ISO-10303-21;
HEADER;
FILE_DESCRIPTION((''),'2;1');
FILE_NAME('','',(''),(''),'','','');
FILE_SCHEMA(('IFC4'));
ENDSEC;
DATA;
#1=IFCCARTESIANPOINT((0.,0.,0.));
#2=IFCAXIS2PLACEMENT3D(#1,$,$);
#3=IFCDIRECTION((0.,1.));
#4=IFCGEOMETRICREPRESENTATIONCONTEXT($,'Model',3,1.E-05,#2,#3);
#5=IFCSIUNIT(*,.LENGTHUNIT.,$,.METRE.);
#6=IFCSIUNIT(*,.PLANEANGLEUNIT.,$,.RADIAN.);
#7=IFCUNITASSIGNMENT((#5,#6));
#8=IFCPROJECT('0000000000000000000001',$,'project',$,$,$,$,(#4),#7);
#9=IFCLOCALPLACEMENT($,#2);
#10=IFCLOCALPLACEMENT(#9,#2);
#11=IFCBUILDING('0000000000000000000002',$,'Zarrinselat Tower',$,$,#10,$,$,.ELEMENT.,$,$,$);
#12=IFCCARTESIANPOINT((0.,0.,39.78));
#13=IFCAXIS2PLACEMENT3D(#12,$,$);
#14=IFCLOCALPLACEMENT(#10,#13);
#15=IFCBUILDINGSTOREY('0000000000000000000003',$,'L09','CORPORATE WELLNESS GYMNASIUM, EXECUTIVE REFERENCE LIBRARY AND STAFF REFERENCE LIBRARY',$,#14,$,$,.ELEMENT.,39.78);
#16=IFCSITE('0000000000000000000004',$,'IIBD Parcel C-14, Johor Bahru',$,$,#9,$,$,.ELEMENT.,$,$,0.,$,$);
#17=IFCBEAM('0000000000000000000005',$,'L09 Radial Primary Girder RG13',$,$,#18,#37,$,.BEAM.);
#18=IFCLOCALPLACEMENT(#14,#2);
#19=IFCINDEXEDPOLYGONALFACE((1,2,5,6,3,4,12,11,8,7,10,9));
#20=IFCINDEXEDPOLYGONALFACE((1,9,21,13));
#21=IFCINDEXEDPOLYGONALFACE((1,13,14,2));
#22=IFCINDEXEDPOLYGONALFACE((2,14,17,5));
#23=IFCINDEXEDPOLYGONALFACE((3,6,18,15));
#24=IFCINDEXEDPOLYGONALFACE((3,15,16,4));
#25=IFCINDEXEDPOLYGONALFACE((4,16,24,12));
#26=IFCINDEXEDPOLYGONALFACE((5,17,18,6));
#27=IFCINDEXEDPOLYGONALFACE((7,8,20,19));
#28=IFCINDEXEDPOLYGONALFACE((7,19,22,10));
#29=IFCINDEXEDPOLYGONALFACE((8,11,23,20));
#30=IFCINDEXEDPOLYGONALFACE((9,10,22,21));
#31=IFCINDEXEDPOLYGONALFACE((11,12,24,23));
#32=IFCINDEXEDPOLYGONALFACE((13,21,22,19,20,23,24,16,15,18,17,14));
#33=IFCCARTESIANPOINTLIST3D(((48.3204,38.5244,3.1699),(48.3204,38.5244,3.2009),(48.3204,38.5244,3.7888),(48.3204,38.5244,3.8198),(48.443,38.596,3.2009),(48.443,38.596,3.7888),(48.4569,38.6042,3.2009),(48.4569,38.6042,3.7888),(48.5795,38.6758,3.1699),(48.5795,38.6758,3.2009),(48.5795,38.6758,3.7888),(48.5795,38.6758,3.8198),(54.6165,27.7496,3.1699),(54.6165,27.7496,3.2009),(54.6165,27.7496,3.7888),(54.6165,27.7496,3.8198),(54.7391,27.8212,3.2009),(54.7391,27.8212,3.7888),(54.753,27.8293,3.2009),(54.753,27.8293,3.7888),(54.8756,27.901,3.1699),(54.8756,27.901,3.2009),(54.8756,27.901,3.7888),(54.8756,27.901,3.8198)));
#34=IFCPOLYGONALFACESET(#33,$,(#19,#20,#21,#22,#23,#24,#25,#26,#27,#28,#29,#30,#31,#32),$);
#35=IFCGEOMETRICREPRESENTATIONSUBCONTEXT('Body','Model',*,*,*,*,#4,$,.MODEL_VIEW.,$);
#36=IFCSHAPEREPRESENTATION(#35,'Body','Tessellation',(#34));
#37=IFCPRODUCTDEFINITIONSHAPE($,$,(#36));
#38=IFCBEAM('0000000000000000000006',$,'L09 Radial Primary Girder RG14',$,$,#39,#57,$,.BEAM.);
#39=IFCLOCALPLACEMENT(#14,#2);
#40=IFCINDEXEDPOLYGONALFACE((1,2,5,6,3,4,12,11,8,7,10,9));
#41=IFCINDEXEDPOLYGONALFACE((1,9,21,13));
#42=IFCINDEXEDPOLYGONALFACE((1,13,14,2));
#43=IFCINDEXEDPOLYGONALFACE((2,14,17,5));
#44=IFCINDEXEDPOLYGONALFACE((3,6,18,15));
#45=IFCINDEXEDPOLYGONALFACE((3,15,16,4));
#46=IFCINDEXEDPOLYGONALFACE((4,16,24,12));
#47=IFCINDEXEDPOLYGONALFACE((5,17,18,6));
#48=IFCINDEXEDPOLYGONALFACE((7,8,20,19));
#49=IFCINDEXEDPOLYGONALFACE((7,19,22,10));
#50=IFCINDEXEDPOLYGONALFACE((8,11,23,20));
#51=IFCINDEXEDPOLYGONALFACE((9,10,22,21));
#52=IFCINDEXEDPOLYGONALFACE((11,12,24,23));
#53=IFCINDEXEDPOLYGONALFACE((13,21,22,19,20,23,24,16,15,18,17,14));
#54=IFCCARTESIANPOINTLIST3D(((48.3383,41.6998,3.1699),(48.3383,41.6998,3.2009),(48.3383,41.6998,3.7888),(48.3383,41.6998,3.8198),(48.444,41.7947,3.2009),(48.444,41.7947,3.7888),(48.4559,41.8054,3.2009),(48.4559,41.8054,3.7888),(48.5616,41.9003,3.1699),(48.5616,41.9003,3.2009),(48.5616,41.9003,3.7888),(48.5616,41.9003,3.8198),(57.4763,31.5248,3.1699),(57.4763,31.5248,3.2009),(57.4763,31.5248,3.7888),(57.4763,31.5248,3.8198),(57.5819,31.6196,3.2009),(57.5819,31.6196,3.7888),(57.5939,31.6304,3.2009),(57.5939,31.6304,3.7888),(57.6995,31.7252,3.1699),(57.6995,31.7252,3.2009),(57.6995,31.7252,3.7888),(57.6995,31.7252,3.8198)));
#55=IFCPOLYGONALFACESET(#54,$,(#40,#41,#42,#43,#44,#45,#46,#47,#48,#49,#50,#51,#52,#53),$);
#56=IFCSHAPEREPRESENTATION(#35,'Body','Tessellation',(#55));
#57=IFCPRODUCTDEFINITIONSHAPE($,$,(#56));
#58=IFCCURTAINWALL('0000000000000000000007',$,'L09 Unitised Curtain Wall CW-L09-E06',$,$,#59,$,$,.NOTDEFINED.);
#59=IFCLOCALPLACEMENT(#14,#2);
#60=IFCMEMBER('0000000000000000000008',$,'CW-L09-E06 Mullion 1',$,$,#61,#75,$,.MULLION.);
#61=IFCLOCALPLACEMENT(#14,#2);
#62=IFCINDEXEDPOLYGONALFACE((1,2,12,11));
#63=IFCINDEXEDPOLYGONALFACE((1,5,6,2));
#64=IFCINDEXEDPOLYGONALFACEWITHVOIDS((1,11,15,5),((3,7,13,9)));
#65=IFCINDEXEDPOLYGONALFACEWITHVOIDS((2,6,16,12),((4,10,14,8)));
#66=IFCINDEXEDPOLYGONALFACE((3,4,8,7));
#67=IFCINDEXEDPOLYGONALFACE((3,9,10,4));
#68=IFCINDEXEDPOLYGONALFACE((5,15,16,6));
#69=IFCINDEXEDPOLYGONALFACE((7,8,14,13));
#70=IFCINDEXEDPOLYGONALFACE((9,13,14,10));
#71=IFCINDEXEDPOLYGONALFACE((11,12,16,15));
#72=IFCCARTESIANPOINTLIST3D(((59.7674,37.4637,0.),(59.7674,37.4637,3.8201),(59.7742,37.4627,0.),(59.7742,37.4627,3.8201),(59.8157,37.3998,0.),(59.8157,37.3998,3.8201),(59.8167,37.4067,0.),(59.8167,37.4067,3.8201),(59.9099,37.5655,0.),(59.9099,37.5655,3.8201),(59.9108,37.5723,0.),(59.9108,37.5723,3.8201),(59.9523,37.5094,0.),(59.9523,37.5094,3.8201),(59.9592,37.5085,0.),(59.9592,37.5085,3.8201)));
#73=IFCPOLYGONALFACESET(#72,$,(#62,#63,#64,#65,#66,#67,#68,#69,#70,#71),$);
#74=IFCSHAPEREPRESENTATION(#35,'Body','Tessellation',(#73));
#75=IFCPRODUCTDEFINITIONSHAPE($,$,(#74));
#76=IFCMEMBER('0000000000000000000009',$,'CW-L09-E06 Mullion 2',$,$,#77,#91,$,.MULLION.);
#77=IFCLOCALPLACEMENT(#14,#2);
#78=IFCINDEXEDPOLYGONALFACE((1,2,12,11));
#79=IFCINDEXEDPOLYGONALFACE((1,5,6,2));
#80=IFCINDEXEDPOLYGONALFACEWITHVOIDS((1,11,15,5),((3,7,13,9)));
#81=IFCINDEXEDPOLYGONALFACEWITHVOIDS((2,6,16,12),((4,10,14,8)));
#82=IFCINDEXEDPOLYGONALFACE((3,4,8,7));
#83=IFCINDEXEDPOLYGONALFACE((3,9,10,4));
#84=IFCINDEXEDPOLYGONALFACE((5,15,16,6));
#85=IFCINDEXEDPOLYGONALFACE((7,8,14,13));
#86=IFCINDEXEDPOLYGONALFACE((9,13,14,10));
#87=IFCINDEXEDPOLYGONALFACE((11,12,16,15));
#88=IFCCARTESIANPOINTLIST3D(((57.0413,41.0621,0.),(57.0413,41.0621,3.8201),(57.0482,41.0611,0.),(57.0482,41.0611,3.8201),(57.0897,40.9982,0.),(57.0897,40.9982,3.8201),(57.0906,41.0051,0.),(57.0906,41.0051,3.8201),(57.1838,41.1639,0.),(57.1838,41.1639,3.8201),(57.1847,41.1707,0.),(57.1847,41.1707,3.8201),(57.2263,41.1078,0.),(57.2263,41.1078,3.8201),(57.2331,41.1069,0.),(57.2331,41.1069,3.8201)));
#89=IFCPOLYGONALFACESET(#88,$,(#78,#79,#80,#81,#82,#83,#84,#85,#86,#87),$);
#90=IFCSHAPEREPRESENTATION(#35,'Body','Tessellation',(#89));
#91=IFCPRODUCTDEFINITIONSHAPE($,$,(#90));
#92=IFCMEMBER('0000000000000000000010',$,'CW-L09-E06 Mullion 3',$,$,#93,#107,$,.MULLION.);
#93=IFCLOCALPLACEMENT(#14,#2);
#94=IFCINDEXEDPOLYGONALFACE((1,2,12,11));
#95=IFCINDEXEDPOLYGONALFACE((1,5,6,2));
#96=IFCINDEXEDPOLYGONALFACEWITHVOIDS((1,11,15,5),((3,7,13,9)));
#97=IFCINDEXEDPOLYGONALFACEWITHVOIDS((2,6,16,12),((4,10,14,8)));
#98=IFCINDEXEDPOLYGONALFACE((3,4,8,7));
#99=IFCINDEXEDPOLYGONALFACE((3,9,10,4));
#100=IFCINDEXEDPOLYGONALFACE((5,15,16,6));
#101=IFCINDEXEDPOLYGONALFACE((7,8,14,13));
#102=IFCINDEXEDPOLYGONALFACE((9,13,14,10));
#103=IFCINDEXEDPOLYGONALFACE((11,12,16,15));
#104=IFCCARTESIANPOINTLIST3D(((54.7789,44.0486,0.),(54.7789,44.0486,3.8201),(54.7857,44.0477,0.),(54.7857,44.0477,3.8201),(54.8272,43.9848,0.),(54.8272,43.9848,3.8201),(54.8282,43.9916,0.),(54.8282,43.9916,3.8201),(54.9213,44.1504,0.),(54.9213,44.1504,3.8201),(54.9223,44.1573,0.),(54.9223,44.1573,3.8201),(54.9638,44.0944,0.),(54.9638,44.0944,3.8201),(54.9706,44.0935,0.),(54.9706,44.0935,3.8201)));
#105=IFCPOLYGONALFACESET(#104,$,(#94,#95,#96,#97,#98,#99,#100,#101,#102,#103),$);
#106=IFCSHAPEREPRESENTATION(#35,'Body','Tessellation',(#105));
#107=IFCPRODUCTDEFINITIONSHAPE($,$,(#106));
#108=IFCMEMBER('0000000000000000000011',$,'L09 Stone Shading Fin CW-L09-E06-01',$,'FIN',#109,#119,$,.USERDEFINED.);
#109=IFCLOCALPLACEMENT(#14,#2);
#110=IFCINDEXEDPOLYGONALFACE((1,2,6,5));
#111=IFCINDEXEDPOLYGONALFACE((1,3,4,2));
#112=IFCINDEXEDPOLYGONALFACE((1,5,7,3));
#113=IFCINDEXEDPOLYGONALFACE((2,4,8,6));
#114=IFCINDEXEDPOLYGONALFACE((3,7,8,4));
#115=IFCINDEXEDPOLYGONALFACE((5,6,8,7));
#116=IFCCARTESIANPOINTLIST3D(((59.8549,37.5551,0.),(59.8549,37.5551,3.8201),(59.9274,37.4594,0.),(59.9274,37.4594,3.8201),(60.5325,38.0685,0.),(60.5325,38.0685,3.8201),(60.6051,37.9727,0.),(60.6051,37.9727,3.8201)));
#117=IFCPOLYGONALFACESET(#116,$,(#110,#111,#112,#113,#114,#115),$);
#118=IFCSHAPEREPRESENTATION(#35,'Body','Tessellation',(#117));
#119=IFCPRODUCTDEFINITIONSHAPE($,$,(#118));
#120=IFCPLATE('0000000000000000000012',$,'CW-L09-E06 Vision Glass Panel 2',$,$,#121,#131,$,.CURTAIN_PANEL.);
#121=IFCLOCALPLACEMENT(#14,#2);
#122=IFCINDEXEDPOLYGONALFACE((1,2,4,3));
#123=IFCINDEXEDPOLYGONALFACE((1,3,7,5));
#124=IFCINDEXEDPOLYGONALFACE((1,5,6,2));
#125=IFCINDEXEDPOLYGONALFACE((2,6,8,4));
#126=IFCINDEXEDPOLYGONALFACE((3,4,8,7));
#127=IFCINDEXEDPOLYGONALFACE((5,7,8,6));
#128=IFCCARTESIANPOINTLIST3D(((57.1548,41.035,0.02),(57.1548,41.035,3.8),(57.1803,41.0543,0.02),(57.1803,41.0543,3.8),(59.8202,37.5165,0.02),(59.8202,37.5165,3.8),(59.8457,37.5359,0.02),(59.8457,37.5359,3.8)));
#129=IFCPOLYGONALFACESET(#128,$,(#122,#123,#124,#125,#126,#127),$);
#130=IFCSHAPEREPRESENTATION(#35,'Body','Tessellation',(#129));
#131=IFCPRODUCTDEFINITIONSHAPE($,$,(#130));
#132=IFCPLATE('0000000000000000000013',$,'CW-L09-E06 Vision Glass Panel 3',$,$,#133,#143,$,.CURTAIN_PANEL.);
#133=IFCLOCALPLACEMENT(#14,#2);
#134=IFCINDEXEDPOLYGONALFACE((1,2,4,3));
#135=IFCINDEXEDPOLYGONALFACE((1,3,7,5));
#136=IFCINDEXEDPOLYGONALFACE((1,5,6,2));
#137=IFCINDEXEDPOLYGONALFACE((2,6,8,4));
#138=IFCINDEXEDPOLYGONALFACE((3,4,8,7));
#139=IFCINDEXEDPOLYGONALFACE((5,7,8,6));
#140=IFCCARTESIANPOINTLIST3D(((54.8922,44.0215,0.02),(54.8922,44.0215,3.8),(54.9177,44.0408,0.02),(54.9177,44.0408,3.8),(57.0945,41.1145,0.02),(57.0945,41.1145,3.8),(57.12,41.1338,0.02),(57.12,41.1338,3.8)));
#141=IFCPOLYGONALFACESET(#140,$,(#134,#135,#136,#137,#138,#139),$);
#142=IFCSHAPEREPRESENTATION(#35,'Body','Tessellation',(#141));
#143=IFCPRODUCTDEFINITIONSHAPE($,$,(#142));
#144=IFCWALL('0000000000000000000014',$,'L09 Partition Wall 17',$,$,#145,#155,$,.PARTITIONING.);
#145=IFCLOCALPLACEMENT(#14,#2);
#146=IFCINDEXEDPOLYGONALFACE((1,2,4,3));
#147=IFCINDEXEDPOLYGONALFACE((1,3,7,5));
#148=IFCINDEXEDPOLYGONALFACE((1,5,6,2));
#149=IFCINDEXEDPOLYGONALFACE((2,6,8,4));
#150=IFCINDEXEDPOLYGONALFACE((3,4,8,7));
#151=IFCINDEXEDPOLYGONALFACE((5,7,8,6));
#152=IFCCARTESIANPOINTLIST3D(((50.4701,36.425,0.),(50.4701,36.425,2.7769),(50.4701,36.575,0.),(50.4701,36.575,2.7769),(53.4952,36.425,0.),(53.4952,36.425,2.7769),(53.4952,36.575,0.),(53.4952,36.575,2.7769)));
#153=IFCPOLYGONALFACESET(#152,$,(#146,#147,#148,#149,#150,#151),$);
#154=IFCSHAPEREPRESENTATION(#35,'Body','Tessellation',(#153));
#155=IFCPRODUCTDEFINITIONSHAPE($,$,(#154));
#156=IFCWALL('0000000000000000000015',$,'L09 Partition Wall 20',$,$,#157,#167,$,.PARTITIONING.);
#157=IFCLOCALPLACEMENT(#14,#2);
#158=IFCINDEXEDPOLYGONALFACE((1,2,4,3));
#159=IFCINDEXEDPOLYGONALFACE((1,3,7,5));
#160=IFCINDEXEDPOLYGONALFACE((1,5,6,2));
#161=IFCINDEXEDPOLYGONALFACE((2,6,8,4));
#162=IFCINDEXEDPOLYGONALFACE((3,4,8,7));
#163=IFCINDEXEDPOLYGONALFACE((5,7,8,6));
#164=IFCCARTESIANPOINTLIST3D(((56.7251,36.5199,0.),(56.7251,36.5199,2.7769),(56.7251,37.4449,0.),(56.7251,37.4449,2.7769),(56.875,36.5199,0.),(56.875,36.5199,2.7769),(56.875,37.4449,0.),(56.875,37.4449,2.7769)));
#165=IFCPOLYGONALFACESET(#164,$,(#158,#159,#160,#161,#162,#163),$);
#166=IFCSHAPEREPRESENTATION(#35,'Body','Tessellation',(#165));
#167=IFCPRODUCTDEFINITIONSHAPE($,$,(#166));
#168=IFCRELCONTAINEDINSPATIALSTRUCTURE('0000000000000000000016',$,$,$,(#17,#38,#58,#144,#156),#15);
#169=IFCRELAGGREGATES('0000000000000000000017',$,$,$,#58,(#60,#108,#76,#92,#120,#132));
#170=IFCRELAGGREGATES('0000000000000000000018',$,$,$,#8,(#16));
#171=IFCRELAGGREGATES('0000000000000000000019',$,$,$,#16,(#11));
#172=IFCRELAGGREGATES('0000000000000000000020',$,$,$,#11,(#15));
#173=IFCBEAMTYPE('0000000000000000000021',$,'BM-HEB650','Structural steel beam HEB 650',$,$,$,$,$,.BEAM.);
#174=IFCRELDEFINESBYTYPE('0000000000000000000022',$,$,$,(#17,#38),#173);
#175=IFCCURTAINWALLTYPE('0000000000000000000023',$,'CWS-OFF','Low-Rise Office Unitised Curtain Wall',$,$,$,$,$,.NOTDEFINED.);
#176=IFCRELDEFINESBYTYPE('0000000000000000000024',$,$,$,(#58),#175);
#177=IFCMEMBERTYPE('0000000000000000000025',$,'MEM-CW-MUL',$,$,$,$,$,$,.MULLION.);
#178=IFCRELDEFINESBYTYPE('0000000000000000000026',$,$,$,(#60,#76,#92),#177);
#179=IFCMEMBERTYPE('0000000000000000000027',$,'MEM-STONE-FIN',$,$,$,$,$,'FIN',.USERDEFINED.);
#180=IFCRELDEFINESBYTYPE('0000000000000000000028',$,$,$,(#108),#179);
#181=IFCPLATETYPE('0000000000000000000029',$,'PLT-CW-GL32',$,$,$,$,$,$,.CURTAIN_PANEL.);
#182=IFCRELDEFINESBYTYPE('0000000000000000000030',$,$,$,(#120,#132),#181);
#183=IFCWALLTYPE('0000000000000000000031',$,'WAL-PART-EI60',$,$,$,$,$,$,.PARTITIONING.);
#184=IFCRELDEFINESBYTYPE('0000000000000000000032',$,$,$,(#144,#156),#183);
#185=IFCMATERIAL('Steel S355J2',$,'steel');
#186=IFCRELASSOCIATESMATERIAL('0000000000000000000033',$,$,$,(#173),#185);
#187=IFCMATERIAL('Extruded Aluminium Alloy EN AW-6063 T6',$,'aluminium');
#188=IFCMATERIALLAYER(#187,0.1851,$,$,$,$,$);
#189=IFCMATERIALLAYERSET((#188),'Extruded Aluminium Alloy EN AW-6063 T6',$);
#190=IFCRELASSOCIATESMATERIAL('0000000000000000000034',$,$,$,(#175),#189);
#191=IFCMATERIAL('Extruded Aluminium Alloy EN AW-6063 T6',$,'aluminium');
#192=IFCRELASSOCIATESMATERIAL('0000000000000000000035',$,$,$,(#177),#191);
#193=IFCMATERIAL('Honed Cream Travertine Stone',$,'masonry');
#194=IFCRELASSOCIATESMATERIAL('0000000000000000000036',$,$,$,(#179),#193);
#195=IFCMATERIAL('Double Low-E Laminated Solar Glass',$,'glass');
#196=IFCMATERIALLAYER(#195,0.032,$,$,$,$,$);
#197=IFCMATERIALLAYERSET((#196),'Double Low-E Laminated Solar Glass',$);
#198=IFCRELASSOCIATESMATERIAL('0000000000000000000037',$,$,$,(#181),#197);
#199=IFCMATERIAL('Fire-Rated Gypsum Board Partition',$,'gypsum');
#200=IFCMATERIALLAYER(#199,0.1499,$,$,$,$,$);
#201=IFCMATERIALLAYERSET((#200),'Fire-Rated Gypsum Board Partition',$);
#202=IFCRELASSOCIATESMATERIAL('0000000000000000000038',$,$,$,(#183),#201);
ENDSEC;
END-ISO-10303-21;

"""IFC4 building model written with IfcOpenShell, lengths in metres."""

from ifc_helpers import new_model, si_unit, direction, frame, frame_2d, origin, origin_2d, place, context, subcontext, project, spatial, rectangle, hollow_rectangle, i_section, extrude, material, layer, layer_set, material_profile, profile_set, type_object, element, aggregate, save


model = new_model("IFC4")

# Units and contexts
model_context = context("Model", 3, precision=1e-05, world=origin(), true_north=direction((0.0, 1.0)))
body_context = subcontext(model_context, "Body", "Model", "MODEL_VIEW")
ifc_project = project(units=[si_unit("LENGTHUNIT", "METRE"), si_unit("PLANEANGLEUNIT", "RADIAN")], contexts=[model_context])

# Site, building, storey
site_placement = place(None, origin())
site = spatial("IfcSite", under=ifc_project, at=site_placement, Name="IIBD Parcel C-14, Johor Bahru", CompositionType="ELEMENT", RefElevation=0.0)
building_placement = place(site_placement, origin())
building = spatial("IfcBuilding", under=site, at=building_placement, Name="Zarrinselat Tower", CompositionType="ELEMENT")
storey_placement = place(building_placement, frame((0.0, 0.0, 39.78)))
storey = spatial("IfcBuildingStorey", under=building, at=storey_placement, Name="L09", Description="CORPORATE WELLNESS GYMNASIUM, EXECUTIVE REFERENCE LIBRARY AND STAFF REFERENCE LIBRARY", CompositionType="ELEMENT", Elevation=39.78)

# Beams
ifc_material_1 = material(Name="Steel S355J2", Category="steel")
ifc_material_profile_1 = material_profile(ifc_material_1, i_section(OverallWidth=0.3, OverallDepth=0.6499, WebThickness=0.0161, FlangeThickness=0.031, at=origin_2d()), Name="HEB 650")
ifc_profile_set_1 = profile_set([ifc_material_profile_1], Name="Steel S355J2")
beam_type = type_object("IfcBeamType", Name="BM-HEB650", Description="Structural steel beam HEB 650", PredefinedType="BEAM", material=ifc_profile_set_1)
beam_1_placement = place(storey_placement, frame((48.45, 38.6001, 3.4949), z_axis=(0.504516, -0.863403, 0.0), x_axis=(0.863403, 0.504516, 0.0)))
element("IfcBeam", 1, at=beam_1_placement, inside=storey, type_object=beam_type, Name="L09 Radial Primary Girder RG13", PredefinedType="BEAM", context=body_context, shape_type="SweptSolid", body=[
    extrude(i_section(OverallWidth=0.3, OverallDepth=0.6499, WebThickness=0.0161, FlangeThickness=0.031, at=origin_2d()), origin(), (0.0, 0.0, 1.0), 12.4795),
])
beam_2_placement = place(storey_placement, frame((48.45, 41.8, 3.4949), z_axis=(0.668172, -0.744007, 0.0), x_axis=(0.744007, 0.668172, 0.0)))
element("IfcBeam", 2, at=beam_2_placement, inside=storey, type_object=beam_type, Name="L09 Radial Primary Girder RG14", PredefinedType="BEAM", context=body_context, shape_type="SweptSolid", body=[
    extrude(i_section(OverallWidth=0.3, OverallDepth=0.6499, WebThickness=0.0161, FlangeThickness=0.031, at=origin_2d()), origin(), (0.0, 0.0, 1.0), 13.676),
])

# Curtain wall, members, plates
ifc_material_2 = material(Name="Extruded Aluminium Alloy EN AW-6063 T6", Category="aluminium")
ifc_layer_1 = layer(ifc_material_2, 0.1851)
ifc_layer_set_1 = layer_set([ifc_layer_1], Name="Extruded Aluminium Alloy EN AW-6063 T6")
curtain_wall_type = type_object("IfcCurtainWallType", Name="CWS-OFF", Description="Low-Rise Office Unitised Curtain Wall", PredefinedType="NOTDEFINED", material=ifc_layer_set_1)
curtain_wall_placement = place(storey_placement, origin())
curtain_wall = element("IfcCurtainWall", 3, at=curtain_wall_placement, inside=storey, type_object=curtain_wall_type, Name="L09 Unitised Curtain Wall CW-L09-E06", PredefinedType="NOTDEFINED")
ifc_material_3 = material(Name="Extruded Aluminium Alloy EN AW-6063 T6", Category="aluminium")
ifc_material_profile_2 = material_profile(ifc_material_3, hollow_rectangle(XDim=0.0801, YDim=0.1799, WallThickness=0.0049, at=origin_2d()), Name="RHS 180x80x5")
ifc_profile_set_2 = profile_set([ifc_material_profile_2], Name="Extruded Aluminium Alloy EN AW-6063 T6")
member_type_1 = type_object("IfcMemberType", Name="MEM-CW-MUL", PredefinedType="MULLION", material=ifc_profile_set_2)
member_1_placement = place(storey_placement, frame((59.8633, 37.4861, 0.0), z_axis=(0.0, 0.0, 1.0), x_axis=(-0.603858, 0.797092, 0.0)))
member_1 = element("IfcMember", 4, at=member_1_placement, type_object=member_type_1, Name="CW-L09-E06 Mullion 1", PredefinedType="MULLION", context=body_context, shape_type="SweptSolid", body=[
    extrude(hollow_rectangle(XDim=0.0801, YDim=0.1799, WallThickness=0.0049, at=origin_2d()), origin(), (0.0, 0.0, 1.0), 3.8201),
])
member_2_placement = place(storey_placement, frame((57.1372, 41.0845, 0.0), z_axis=(0.0, 0.0, 1.0), x_axis=(-0.603858, 0.797092, 0.0)))
member_2 = element("IfcMember", 5, at=member_2_placement, type_object=member_type_1, Name="CW-L09-E06 Mullion 2", PredefinedType="MULLION", context=body_context, shape_type="SweptSolid", body=[
    extrude(hollow_rectangle(XDim=0.0801, YDim=0.1799, WallThickness=0.0049, at=origin_2d()), origin(), (0.0, 0.0, 1.0), 3.8201),
])
member_3_placement = place(storey_placement, frame((54.8748, 44.071, 0.0), z_axis=(0.0, 0.0, 1.0), x_axis=(-0.603858, 0.797092, 0.0)))
member_3 = element("IfcMember", 6, at=member_3_placement, type_object=member_type_1, Name="CW-L09-E06 Mullion 3", PredefinedType="MULLION", context=body_context, shape_type="SweptSolid", body=[
    extrude(hollow_rectangle(XDim=0.0801, YDim=0.1799, WallThickness=0.0049, at=origin_2d()), origin(), (0.0, 0.0, 1.0), 3.8201),
])
ifc_material_4 = material(Name="Honed Cream Travertine Stone", Category="masonry")
ifc_material_profile_3 = material_profile(ifc_material_4, rectangle(XDim=0.1201, YDim=0.8501, at=origin_2d()), Name="FIN 850x120")
ifc_profile_set_3 = profile_set([ifc_material_profile_3], Name="Honed Cream Travertine Stone")
member_type_2 = type_object("IfcMemberType", Name="MEM-STONE-FIN", ElementType="FIN", PredefinedType="USERDEFINED", material=ifc_profile_set_3)
member_4_placement = place(storey_placement, frame((60.23, 37.7639, 0.0), z_axis=(0.0, 0.0, 1.0), x_axis=(0.603858, -0.797092, 0.0)))
member_4 = element("IfcMember", 7, at=member_4_placement, type_object=member_type_2, Name="L09 Stone Shading Fin CW-L09-E06-01", ObjectType="FIN", PredefinedType="USERDEFINED", context=body_context, shape_type="SweptSolid", body=[
    extrude(rectangle(XDim=0.1201, YDim=0.8501, at=origin_2d()), origin(), (0.0, 0.0, 1.0), 3.8201),
])
ifc_material_5 = material(Name="Double Low-E Laminated Solar Glass", Category="glass")
ifc_layer_2 = layer(ifc_material_5, 0.032)
ifc_layer_set_2 = layer_set([ifc_layer_2], Name="Double Low-E Laminated Solar Glass")
plate_type = type_object("IfcPlateType", Name="PLT-CW-GL32", PredefinedType="CURTAIN_PANEL", material=ifc_layer_set_2)
plate_1_placement = place(storey_placement, frame((58.5002, 39.2854, 0.02), z_axis=(0.0, 0.0, 1.0), x_axis=(-0.603858, 0.797092, 0.0)))
plate_1 = element("IfcPlate", 8, at=plate_1_placement, type_object=plate_type, Name="CW-L09-E06 Vision Glass Panel 2", PredefinedType="CURTAIN_PANEL", context=body_context, shape_type="SweptSolid", body=[
    extrude(rectangle(XDim=4.4141, YDim=0.032, at=origin_2d()), origin(), (0.0, 0.0, 1.0), 3.78),
])
plate_2_placement = place(storey_placement, frame((56.0061, 42.5776, 0.02), z_axis=(0.0, 0.0, 1.0), x_axis=(-0.603858, 0.797092, 0.0)))
plate_2 = element("IfcPlate", 9, at=plate_2_placement, type_object=plate_type, Name="CW-L09-E06 Vision Glass Panel 3", PredefinedType="CURTAIN_PANEL", context=body_context, shape_type="SweptSolid", body=[
    extrude(rectangle(XDim=3.647, YDim=0.032, at=origin_2d()), origin(), (0.0, 0.0, 1.0), 3.78),
])
aggregate(curtain_wall, [member_1, member_4, member_2, member_3, plate_1, plate_2])

# Walls
ifc_material_6 = material(Name="Fire-Rated Gypsum Board Partition", Category="gypsum")
ifc_layer_3 = layer(ifc_material_6, 0.1499)
ifc_layer_set_3 = layer_set([ifc_layer_3], Name="Fire-Rated Gypsum Board Partition")
wall_type_1 = type_object("IfcWallType", Name="WAL-PART-EI60", PredefinedType="PARTITIONING", material=ifc_layer_set_3)
wall_1_placement = place(storey_placement, frame((50.47, 36.5, 0.0), z_axis=(0.0, 0.0, 1.0), x_axis=(1.0, 0.0, 0.0)))
element("IfcWall", 10, at=wall_1_placement, inside=storey, type_object=wall_type_1, Name="L09 Partition Wall 17", PredefinedType="PARTITIONING", context=body_context, shape_type="SweptSolid", body=[
    extrude(rectangle(XDim=3.0251, YDim=0.1499, at=frame_2d((1.5127, 0.0))), origin(), (0.0, 0.0, 1.0), 2.7769),
])
wall_2_placement = place(storey_placement, frame((56.8, 36.52, 0.0), z_axis=(0.0, 0.0, 1.0), x_axis=(0.0, 1.0, 0.0)))
element("IfcWall", 11, at=wall_2_placement, inside=storey, type_object=wall_type_1, Name="L09 Partition Wall 20", PredefinedType="PARTITIONING", context=body_context, shape_type="SweptSolid", body=[
    extrude(rectangle(XDim=0.925, YDim=0.1499, at=frame_2d((0.4624, 0.0))), origin(), (0.0, 0.0, 1.0), 2.7769),
])

save(model, "model.ifc")
